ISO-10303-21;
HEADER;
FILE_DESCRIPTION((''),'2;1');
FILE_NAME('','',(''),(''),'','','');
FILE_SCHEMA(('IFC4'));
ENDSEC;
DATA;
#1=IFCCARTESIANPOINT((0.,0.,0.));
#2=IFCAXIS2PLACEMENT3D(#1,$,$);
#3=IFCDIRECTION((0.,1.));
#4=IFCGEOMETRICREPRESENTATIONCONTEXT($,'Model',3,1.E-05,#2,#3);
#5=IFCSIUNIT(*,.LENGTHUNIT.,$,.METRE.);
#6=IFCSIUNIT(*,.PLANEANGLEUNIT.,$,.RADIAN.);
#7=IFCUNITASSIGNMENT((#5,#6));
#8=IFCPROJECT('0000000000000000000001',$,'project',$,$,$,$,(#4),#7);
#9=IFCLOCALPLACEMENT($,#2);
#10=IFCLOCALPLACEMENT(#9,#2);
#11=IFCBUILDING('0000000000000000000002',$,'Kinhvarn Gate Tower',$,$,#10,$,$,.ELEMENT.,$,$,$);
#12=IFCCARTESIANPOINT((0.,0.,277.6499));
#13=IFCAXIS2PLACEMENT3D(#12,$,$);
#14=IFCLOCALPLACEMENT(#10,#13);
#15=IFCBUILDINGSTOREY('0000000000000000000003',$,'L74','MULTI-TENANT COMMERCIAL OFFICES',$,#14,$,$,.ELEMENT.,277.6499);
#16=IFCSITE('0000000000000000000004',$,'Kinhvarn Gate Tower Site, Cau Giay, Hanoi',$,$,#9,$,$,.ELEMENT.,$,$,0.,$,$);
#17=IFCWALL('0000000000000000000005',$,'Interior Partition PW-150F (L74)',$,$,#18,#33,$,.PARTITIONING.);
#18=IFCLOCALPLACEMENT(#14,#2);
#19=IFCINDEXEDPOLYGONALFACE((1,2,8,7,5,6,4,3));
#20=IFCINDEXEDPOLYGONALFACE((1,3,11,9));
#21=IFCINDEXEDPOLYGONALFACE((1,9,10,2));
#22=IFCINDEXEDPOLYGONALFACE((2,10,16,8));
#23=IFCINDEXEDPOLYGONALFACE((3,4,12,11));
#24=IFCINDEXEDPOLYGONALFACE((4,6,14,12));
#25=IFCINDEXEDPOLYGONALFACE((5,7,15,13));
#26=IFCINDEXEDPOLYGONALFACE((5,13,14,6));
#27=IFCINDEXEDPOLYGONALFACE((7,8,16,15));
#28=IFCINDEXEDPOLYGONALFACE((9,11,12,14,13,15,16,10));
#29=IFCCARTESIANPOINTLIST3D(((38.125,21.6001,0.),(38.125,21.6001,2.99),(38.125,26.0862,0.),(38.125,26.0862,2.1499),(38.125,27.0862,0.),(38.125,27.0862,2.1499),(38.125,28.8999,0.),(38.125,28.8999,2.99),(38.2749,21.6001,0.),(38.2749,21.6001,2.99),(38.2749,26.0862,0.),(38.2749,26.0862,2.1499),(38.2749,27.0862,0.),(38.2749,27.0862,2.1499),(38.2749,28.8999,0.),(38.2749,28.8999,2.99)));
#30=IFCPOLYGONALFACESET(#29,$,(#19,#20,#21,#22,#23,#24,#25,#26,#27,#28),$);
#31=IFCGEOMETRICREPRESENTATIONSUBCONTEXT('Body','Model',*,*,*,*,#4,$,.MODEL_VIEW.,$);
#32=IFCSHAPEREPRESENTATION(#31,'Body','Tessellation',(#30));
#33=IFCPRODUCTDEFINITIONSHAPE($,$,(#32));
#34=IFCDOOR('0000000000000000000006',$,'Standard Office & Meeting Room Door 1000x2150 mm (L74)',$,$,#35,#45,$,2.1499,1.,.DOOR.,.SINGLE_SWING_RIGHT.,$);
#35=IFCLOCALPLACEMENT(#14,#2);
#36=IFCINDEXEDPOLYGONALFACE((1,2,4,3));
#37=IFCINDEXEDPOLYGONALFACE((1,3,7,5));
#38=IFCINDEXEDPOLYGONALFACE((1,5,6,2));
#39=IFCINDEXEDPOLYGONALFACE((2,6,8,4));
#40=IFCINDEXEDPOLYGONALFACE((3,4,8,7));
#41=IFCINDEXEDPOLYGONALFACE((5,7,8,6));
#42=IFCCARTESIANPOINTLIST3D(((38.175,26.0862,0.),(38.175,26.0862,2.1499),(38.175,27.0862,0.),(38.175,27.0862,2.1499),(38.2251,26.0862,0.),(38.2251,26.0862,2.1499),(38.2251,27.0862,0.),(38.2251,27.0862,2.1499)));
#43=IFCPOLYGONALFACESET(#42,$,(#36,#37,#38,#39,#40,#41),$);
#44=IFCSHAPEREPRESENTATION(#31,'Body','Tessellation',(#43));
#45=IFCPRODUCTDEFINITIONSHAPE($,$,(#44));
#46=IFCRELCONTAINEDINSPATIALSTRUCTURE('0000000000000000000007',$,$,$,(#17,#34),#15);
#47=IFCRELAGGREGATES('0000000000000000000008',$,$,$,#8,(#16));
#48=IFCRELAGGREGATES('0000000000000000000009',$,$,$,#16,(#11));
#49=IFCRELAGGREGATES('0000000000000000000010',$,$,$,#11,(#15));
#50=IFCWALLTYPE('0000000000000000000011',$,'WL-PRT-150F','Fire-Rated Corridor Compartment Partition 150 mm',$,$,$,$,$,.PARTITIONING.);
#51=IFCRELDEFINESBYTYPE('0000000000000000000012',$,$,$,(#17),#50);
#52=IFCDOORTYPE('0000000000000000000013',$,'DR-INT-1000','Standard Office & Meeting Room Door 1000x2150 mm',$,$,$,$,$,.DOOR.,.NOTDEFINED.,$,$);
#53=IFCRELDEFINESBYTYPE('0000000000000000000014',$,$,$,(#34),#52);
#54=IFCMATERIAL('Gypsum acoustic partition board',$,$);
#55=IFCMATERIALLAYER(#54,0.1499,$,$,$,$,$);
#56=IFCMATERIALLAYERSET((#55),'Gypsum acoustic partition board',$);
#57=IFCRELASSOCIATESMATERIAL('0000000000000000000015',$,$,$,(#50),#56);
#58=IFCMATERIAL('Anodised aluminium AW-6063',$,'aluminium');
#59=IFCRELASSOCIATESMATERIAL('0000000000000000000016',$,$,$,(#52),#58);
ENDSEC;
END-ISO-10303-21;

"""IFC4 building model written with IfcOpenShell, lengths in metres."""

from ifc_helpers import new_model, si_unit, direction, frame, frame_2d, origin, place, context, subcontext, project, spatial, rectangle, extrude, material, layer, layer_set, type_object, element, fill, save


model = new_model("IFC4")

# Units and contexts
model_context = context("Model", 3, precision=1e-05, world=origin(), true_north=direction((0.0, 1.0)))
body_context = subcontext(model_context, "Body", "Model", "MODEL_VIEW")
ifc_project = project(units=[si_unit("LENGTHUNIT", "METRE"), si_unit("PLANEANGLEUNIT", "RADIAN")], contexts=[model_context])

# Site, building, storey
site_placement = place(None, origin())
site = spatial("IfcSite", under=ifc_project, at=site_placement, Name="Kinhvarn Gate Tower Site, Cau Giay, Hanoi", CompositionType="ELEMENT", RefElevation=0.0)
building_placement = place(site_placement, origin())
building = spatial("IfcBuilding", under=site, at=building_placement, Name="Kinhvarn Gate Tower", CompositionType="ELEMENT")
storey_placement = place(building_placement, frame((0.0, 0.0, 277.6499)))
storey = spatial("IfcBuildingStorey", under=building, at=storey_placement, Name="L74", Description="MULTI-TENANT COMMERCIAL OFFICES", CompositionType="ELEMENT", Elevation=277.6499)

# Shared definitions
ifc_material_1 = material(Name="Anodised aluminium AW-6063", Category="aluminium")

# Shared definitions
ifc_material_2 = material(Name="Gypsum acoustic partition board")

# Shared definitions
ifc_layer_1 = layer(ifc_material_2, 0.1499)
ifc_layer_set_1 = layer_set([ifc_layer_1], Name="Gypsum acoustic partition board")
wall_type_1 = type_object("IfcWallType", Name="WL-PRT-150F", Description="Fire-Rated Corridor Compartment Partition 150 mm", PredefinedType="PARTITIONING", material=ifc_layer_set_1)
door_type = type_object("IfcDoorType", Name="DR-INT-1000", Description="Standard Office & Meeting Room Door 1000x2150 mm", OperationType="NOTDEFINED", PredefinedType="DOOR", material=ifc_material_1)

# Wall, opening, door
wall_1_placement = place(storey_placement, frame((38.2, 21.6001, 0.0), z_axis=(0.0, 0.0, 1.0), x_axis=(0.0, 1.0, 0.0)))
wall_1 = element("IfcWall", 1, at=wall_1_placement, inside=storey, type_object=wall_type_1, Name="Interior Partition PW-150F (L74)", PredefinedType="PARTITIONING", context=body_context, shape_type="SweptSolid", body=[
    extrude(rectangle(XDim=7.2998, YDim=0.1499, at=frame_2d((3.6499, 0.0))), origin(), (0.0, 0.0, 1.0), 2.99),
])
opening_1_placement = place(wall_1_placement, frame((4.4861, 0.0, 0.0)))
opening_1 = element("IfcOpeningElement", 2, at=opening_1_placement, cuts=wall_1, PredefinedType="OPENING", context=body_context, shape_type="SweptSolid", body=[
    extrude(rectangle(XDim=1.0, YDim=2.1499, at=frame_2d((0.5, 1.075))), frame((0.0, 0.085, 0.0), z_axis=(0.0, -1.0, 0.0), x_axis=(1.0, 0.0, 0.0)), (0.0, 0.0, 1.0), 0.1699),
])
door_1_placement = place(opening_1_placement, origin())
door_1 = element("IfcDoor", 3, at=door_1_placement, inside=storey, type_object=door_type, Name="Standard Office & Meeting Room Door 1000x2150 mm (L74)", OperationType="SINGLE_SWING_RIGHT", OverallHeight=2.1499, OverallWidth=1.0, PredefinedType="DOOR", context=body_context, shape_type="SweptSolid", body=[
    extrude(rectangle(XDim=1.0, YDim=2.1499, at=frame_2d((0.5, 1.075))), frame((0.0, 0.0249, 0.0), z_axis=(0.0, -1.0, 0.0), x_axis=(1.0, 0.0, 0.0)), (0.0, 0.0, 1.0), 0.05),
])
fill(opening_1, door_1)

save(model, "model.ifc")
